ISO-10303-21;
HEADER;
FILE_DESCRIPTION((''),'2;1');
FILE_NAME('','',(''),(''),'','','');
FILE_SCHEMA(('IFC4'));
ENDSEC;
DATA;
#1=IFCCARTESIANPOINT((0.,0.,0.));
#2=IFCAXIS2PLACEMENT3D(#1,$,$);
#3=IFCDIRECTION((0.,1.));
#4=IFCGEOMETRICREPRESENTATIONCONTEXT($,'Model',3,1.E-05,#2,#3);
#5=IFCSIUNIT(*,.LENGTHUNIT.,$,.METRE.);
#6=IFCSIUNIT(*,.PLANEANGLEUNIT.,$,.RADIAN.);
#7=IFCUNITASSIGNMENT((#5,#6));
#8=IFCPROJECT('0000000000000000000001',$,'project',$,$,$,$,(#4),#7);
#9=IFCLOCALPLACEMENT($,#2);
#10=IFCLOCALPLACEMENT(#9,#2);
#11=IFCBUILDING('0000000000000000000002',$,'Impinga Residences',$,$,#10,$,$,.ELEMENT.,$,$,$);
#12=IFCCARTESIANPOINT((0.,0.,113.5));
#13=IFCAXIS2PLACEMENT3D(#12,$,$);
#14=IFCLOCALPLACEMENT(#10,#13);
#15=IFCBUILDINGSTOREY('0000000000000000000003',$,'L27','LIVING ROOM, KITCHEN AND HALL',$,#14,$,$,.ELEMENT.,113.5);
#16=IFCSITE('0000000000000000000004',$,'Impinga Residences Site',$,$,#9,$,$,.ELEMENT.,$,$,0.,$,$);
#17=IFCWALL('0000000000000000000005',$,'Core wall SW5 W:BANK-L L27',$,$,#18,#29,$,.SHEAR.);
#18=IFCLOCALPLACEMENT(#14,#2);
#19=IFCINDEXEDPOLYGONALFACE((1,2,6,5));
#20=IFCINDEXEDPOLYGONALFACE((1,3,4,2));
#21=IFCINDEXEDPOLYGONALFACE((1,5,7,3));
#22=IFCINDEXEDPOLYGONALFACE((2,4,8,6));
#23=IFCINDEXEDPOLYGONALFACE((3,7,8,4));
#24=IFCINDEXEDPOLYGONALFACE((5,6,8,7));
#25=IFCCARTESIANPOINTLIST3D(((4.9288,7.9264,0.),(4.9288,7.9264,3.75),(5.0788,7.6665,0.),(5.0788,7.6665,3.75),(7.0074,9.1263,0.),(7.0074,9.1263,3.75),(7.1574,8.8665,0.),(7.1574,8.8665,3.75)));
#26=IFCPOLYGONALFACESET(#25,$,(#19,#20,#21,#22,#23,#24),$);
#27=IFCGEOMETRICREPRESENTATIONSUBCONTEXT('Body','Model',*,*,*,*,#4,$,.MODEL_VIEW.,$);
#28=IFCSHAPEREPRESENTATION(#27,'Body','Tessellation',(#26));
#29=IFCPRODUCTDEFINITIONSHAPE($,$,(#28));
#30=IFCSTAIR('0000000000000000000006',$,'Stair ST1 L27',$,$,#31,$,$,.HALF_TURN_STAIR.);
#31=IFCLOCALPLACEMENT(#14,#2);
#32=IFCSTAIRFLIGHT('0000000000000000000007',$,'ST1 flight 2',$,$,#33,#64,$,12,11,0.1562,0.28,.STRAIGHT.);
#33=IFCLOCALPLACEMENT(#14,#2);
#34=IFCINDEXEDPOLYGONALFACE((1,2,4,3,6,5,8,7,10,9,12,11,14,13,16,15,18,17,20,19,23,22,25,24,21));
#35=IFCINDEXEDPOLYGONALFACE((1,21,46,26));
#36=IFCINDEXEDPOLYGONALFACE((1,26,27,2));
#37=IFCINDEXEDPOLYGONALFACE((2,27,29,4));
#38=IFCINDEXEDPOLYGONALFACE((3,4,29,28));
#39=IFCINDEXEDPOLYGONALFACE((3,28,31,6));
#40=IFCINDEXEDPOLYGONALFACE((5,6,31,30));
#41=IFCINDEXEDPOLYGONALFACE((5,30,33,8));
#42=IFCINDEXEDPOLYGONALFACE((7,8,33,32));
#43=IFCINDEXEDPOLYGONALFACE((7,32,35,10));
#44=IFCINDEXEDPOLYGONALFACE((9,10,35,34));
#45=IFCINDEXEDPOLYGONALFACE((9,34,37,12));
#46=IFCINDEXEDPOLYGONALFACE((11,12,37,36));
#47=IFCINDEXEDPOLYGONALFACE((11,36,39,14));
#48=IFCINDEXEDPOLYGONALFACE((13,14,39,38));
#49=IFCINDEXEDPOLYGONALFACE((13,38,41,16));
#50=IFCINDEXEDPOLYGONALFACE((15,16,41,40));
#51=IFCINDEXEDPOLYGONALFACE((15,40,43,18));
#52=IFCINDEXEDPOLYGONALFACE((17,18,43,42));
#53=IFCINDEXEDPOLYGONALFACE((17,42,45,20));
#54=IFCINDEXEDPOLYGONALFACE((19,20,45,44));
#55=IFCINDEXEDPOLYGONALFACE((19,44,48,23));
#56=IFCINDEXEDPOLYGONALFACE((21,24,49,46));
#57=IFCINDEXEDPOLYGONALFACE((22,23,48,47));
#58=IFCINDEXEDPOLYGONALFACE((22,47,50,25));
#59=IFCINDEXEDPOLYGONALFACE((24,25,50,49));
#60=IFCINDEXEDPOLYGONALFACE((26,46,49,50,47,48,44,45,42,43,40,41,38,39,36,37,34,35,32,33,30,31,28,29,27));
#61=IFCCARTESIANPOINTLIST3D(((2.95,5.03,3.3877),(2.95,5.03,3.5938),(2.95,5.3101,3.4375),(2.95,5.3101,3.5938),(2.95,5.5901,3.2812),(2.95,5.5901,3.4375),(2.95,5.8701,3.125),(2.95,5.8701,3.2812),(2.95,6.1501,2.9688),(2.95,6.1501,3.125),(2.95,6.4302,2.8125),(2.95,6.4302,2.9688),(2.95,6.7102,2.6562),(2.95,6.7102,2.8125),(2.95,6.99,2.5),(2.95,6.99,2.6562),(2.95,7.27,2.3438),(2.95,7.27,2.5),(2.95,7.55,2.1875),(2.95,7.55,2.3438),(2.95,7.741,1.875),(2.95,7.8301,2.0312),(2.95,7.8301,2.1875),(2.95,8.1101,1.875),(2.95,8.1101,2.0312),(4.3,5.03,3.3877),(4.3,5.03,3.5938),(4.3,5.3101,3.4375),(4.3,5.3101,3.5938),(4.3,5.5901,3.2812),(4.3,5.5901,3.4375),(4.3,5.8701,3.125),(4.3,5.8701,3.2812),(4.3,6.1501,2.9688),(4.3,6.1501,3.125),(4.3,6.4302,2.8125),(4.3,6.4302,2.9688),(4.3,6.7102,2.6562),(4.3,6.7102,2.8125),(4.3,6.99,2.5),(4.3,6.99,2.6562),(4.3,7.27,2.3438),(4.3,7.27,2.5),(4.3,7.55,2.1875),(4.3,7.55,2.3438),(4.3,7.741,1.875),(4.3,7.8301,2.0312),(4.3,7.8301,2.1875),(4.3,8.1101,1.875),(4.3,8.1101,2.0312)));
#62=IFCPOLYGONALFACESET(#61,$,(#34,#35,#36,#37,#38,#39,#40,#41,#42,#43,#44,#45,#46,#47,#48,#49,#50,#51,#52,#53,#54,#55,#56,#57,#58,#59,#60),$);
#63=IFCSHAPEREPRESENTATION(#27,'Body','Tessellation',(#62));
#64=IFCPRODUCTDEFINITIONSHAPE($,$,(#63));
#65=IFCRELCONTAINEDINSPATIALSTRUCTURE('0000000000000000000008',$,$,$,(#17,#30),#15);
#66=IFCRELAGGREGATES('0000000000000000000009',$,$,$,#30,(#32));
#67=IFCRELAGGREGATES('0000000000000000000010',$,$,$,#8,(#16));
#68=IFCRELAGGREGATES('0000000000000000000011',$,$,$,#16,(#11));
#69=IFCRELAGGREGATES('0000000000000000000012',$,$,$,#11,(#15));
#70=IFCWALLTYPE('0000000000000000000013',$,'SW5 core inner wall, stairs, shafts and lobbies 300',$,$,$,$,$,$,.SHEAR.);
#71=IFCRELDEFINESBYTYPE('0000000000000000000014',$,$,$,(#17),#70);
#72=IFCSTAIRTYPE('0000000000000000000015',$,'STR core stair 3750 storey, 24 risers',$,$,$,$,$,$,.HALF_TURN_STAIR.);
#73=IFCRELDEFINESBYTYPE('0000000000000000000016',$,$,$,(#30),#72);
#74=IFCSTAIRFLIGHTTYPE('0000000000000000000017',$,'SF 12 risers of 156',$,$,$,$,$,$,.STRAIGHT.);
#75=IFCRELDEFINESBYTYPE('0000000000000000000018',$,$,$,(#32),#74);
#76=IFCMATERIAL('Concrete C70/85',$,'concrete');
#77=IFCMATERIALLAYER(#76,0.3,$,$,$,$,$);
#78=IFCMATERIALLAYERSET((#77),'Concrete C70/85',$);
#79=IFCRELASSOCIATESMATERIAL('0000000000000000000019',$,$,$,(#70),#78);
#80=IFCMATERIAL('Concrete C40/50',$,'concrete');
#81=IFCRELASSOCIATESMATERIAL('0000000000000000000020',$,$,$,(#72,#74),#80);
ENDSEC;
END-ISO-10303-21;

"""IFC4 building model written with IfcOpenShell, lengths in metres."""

from ifc_helpers import new_model, si_unit, direction, frame, frame_2d, origin, place, context, subcontext, project, spatial, polyline, rectangle, outline, extrude, material, layer, layer_set, type_object, element, aggregate, save


model = new_model("IFC4")

# Units and contexts
model_context = context("Model", 3, precision=1e-05, world=origin(), true_north=direction((0.0, 1.0)))
body_context = subcontext(model_context, "Body", "Model", "MODEL_VIEW")
ifc_project = project(units=[si_unit("LENGTHUNIT", "METRE"), si_unit("PLANEANGLEUNIT", "RADIAN")], contexts=[model_context])

# Site, building, storey
site_placement = place(None, origin())
site = spatial("IfcSite", under=ifc_project, at=site_placement, Name="Impinga Residences Site", CompositionType="ELEMENT", RefElevation=0.0)
building_placement = place(site_placement, origin())
building = spatial("IfcBuilding", under=site, at=building_placement, Name="Impinga Residences", CompositionType="ELEMENT")
storey_placement = place(building_placement, frame((0.0, 0.0, 113.5)))
storey = spatial("IfcBuildingStorey", under=building, at=storey_placement, Name="L27", Description="LIVING ROOM, KITCHEN AND HALL", CompositionType="ELEMENT", Elevation=113.5)

# Shared definitions
ifc_material_1 = material(Name="Concrete C70/85", Category="concrete")
ifc_layer_1 = layer(ifc_material_1, 0.3)
ifc_layer_set_1 = layer_set([ifc_layer_1], Name="Concrete C70/85")
wall_type_1 = type_object("IfcWallType", Name="SW5 core inner wall, stairs, shafts and lobbies 300", PredefinedType="SHEAR", material=ifc_layer_set_1)

# Wall
wall_1_placement = place(storey_placement, frame((5.0037, 7.7964, 0.0), z_axis=(0.0, 0.0, 1.0), x_axis=(0.86605, 0.499957, 0.0)))
element("IfcWall", 1, at=wall_1_placement, inside=storey, type_object=wall_type_1, Name="Core wall SW5 W:BANK-L L27", PredefinedType="SHEAR", context=body_context, shape_type="SweptSolid", body=[
    extrude(rectangle(XDim=2.4001, YDim=0.3, at=frame_2d((1.2002, 0.0))), origin(), (0.0, 0.0, 1.0), 3.75),
])

# Stair, stair flight
ifc_material_2 = material(Name="Concrete C40/50", Category="concrete")
stair_type = type_object("IfcStairType", Name="STR core stair 3750 storey, 24 risers", PredefinedType="HALF_TURN_STAIR", material=ifc_material_2)
stair_placement = place(storey_placement, origin())
stair = element("IfcStair", 2, at=stair_placement, inside=storey, type_object=stair_type, Name="Stair ST1 L27", PredefinedType="HALF_TURN_STAIR")
stair_flight_type = type_object("IfcStairFlightType", Name="SF 12 risers of 156", PredefinedType="STRAIGHT", material=ifc_material_2)
stair_flight_placement = place(storey_placement, frame((3.625, 8.1101, 1.875), z_axis=(0.0, 0.0, 1.0), x_axis=(0.0, -1.0, 0.0)))
stair_flight = element("IfcStairFlight", 3, at=stair_flight_placement, type_object=stair_flight_type, Name="ST1 flight 2", NumberOfRisers=12, NumberOfTreads=11, PredefinedType="STRAIGHT", RiserHeight=0.1562, TreadLength=0.28, context=body_context, shape_type="SweptSolid", body=[
    extrude(outline(polyline([(0.0, 0.0), (0.0, 0.1562), (0.28, 0.1562), (0.28, 0.3125), (0.5601, 0.3125), (0.5601, 0.4688), (0.8401, 0.4688), (0.8401, 0.625), (1.1201, 0.625), (1.1201, 0.7812), (1.3999, 0.7812), (1.3999, 0.9375), (1.6799, 0.9375), (1.6799, 1.0938), (1.96, 1.0938), (1.96, 1.25), (2.24, 1.25), (2.24, 1.4062), (2.52, 1.4062), (2.52, 1.5625), (2.8, 1.5625), (2.8, 1.7188), (3.0801, 1.7188), (3.0801, 1.875), (3.0801, 1.5127), (0.3691, 0.0), (0.0, 0.0)])), frame((0.0, 0.675, 0.0), z_axis=(0.0, -1.0, 0.0), x_axis=(1.0, 0.0, 0.0)), (0.0, 0.0, 1.0), 1.3501),
])
aggregate(stair, [stair_flight])

save(model, "model.ifc")
